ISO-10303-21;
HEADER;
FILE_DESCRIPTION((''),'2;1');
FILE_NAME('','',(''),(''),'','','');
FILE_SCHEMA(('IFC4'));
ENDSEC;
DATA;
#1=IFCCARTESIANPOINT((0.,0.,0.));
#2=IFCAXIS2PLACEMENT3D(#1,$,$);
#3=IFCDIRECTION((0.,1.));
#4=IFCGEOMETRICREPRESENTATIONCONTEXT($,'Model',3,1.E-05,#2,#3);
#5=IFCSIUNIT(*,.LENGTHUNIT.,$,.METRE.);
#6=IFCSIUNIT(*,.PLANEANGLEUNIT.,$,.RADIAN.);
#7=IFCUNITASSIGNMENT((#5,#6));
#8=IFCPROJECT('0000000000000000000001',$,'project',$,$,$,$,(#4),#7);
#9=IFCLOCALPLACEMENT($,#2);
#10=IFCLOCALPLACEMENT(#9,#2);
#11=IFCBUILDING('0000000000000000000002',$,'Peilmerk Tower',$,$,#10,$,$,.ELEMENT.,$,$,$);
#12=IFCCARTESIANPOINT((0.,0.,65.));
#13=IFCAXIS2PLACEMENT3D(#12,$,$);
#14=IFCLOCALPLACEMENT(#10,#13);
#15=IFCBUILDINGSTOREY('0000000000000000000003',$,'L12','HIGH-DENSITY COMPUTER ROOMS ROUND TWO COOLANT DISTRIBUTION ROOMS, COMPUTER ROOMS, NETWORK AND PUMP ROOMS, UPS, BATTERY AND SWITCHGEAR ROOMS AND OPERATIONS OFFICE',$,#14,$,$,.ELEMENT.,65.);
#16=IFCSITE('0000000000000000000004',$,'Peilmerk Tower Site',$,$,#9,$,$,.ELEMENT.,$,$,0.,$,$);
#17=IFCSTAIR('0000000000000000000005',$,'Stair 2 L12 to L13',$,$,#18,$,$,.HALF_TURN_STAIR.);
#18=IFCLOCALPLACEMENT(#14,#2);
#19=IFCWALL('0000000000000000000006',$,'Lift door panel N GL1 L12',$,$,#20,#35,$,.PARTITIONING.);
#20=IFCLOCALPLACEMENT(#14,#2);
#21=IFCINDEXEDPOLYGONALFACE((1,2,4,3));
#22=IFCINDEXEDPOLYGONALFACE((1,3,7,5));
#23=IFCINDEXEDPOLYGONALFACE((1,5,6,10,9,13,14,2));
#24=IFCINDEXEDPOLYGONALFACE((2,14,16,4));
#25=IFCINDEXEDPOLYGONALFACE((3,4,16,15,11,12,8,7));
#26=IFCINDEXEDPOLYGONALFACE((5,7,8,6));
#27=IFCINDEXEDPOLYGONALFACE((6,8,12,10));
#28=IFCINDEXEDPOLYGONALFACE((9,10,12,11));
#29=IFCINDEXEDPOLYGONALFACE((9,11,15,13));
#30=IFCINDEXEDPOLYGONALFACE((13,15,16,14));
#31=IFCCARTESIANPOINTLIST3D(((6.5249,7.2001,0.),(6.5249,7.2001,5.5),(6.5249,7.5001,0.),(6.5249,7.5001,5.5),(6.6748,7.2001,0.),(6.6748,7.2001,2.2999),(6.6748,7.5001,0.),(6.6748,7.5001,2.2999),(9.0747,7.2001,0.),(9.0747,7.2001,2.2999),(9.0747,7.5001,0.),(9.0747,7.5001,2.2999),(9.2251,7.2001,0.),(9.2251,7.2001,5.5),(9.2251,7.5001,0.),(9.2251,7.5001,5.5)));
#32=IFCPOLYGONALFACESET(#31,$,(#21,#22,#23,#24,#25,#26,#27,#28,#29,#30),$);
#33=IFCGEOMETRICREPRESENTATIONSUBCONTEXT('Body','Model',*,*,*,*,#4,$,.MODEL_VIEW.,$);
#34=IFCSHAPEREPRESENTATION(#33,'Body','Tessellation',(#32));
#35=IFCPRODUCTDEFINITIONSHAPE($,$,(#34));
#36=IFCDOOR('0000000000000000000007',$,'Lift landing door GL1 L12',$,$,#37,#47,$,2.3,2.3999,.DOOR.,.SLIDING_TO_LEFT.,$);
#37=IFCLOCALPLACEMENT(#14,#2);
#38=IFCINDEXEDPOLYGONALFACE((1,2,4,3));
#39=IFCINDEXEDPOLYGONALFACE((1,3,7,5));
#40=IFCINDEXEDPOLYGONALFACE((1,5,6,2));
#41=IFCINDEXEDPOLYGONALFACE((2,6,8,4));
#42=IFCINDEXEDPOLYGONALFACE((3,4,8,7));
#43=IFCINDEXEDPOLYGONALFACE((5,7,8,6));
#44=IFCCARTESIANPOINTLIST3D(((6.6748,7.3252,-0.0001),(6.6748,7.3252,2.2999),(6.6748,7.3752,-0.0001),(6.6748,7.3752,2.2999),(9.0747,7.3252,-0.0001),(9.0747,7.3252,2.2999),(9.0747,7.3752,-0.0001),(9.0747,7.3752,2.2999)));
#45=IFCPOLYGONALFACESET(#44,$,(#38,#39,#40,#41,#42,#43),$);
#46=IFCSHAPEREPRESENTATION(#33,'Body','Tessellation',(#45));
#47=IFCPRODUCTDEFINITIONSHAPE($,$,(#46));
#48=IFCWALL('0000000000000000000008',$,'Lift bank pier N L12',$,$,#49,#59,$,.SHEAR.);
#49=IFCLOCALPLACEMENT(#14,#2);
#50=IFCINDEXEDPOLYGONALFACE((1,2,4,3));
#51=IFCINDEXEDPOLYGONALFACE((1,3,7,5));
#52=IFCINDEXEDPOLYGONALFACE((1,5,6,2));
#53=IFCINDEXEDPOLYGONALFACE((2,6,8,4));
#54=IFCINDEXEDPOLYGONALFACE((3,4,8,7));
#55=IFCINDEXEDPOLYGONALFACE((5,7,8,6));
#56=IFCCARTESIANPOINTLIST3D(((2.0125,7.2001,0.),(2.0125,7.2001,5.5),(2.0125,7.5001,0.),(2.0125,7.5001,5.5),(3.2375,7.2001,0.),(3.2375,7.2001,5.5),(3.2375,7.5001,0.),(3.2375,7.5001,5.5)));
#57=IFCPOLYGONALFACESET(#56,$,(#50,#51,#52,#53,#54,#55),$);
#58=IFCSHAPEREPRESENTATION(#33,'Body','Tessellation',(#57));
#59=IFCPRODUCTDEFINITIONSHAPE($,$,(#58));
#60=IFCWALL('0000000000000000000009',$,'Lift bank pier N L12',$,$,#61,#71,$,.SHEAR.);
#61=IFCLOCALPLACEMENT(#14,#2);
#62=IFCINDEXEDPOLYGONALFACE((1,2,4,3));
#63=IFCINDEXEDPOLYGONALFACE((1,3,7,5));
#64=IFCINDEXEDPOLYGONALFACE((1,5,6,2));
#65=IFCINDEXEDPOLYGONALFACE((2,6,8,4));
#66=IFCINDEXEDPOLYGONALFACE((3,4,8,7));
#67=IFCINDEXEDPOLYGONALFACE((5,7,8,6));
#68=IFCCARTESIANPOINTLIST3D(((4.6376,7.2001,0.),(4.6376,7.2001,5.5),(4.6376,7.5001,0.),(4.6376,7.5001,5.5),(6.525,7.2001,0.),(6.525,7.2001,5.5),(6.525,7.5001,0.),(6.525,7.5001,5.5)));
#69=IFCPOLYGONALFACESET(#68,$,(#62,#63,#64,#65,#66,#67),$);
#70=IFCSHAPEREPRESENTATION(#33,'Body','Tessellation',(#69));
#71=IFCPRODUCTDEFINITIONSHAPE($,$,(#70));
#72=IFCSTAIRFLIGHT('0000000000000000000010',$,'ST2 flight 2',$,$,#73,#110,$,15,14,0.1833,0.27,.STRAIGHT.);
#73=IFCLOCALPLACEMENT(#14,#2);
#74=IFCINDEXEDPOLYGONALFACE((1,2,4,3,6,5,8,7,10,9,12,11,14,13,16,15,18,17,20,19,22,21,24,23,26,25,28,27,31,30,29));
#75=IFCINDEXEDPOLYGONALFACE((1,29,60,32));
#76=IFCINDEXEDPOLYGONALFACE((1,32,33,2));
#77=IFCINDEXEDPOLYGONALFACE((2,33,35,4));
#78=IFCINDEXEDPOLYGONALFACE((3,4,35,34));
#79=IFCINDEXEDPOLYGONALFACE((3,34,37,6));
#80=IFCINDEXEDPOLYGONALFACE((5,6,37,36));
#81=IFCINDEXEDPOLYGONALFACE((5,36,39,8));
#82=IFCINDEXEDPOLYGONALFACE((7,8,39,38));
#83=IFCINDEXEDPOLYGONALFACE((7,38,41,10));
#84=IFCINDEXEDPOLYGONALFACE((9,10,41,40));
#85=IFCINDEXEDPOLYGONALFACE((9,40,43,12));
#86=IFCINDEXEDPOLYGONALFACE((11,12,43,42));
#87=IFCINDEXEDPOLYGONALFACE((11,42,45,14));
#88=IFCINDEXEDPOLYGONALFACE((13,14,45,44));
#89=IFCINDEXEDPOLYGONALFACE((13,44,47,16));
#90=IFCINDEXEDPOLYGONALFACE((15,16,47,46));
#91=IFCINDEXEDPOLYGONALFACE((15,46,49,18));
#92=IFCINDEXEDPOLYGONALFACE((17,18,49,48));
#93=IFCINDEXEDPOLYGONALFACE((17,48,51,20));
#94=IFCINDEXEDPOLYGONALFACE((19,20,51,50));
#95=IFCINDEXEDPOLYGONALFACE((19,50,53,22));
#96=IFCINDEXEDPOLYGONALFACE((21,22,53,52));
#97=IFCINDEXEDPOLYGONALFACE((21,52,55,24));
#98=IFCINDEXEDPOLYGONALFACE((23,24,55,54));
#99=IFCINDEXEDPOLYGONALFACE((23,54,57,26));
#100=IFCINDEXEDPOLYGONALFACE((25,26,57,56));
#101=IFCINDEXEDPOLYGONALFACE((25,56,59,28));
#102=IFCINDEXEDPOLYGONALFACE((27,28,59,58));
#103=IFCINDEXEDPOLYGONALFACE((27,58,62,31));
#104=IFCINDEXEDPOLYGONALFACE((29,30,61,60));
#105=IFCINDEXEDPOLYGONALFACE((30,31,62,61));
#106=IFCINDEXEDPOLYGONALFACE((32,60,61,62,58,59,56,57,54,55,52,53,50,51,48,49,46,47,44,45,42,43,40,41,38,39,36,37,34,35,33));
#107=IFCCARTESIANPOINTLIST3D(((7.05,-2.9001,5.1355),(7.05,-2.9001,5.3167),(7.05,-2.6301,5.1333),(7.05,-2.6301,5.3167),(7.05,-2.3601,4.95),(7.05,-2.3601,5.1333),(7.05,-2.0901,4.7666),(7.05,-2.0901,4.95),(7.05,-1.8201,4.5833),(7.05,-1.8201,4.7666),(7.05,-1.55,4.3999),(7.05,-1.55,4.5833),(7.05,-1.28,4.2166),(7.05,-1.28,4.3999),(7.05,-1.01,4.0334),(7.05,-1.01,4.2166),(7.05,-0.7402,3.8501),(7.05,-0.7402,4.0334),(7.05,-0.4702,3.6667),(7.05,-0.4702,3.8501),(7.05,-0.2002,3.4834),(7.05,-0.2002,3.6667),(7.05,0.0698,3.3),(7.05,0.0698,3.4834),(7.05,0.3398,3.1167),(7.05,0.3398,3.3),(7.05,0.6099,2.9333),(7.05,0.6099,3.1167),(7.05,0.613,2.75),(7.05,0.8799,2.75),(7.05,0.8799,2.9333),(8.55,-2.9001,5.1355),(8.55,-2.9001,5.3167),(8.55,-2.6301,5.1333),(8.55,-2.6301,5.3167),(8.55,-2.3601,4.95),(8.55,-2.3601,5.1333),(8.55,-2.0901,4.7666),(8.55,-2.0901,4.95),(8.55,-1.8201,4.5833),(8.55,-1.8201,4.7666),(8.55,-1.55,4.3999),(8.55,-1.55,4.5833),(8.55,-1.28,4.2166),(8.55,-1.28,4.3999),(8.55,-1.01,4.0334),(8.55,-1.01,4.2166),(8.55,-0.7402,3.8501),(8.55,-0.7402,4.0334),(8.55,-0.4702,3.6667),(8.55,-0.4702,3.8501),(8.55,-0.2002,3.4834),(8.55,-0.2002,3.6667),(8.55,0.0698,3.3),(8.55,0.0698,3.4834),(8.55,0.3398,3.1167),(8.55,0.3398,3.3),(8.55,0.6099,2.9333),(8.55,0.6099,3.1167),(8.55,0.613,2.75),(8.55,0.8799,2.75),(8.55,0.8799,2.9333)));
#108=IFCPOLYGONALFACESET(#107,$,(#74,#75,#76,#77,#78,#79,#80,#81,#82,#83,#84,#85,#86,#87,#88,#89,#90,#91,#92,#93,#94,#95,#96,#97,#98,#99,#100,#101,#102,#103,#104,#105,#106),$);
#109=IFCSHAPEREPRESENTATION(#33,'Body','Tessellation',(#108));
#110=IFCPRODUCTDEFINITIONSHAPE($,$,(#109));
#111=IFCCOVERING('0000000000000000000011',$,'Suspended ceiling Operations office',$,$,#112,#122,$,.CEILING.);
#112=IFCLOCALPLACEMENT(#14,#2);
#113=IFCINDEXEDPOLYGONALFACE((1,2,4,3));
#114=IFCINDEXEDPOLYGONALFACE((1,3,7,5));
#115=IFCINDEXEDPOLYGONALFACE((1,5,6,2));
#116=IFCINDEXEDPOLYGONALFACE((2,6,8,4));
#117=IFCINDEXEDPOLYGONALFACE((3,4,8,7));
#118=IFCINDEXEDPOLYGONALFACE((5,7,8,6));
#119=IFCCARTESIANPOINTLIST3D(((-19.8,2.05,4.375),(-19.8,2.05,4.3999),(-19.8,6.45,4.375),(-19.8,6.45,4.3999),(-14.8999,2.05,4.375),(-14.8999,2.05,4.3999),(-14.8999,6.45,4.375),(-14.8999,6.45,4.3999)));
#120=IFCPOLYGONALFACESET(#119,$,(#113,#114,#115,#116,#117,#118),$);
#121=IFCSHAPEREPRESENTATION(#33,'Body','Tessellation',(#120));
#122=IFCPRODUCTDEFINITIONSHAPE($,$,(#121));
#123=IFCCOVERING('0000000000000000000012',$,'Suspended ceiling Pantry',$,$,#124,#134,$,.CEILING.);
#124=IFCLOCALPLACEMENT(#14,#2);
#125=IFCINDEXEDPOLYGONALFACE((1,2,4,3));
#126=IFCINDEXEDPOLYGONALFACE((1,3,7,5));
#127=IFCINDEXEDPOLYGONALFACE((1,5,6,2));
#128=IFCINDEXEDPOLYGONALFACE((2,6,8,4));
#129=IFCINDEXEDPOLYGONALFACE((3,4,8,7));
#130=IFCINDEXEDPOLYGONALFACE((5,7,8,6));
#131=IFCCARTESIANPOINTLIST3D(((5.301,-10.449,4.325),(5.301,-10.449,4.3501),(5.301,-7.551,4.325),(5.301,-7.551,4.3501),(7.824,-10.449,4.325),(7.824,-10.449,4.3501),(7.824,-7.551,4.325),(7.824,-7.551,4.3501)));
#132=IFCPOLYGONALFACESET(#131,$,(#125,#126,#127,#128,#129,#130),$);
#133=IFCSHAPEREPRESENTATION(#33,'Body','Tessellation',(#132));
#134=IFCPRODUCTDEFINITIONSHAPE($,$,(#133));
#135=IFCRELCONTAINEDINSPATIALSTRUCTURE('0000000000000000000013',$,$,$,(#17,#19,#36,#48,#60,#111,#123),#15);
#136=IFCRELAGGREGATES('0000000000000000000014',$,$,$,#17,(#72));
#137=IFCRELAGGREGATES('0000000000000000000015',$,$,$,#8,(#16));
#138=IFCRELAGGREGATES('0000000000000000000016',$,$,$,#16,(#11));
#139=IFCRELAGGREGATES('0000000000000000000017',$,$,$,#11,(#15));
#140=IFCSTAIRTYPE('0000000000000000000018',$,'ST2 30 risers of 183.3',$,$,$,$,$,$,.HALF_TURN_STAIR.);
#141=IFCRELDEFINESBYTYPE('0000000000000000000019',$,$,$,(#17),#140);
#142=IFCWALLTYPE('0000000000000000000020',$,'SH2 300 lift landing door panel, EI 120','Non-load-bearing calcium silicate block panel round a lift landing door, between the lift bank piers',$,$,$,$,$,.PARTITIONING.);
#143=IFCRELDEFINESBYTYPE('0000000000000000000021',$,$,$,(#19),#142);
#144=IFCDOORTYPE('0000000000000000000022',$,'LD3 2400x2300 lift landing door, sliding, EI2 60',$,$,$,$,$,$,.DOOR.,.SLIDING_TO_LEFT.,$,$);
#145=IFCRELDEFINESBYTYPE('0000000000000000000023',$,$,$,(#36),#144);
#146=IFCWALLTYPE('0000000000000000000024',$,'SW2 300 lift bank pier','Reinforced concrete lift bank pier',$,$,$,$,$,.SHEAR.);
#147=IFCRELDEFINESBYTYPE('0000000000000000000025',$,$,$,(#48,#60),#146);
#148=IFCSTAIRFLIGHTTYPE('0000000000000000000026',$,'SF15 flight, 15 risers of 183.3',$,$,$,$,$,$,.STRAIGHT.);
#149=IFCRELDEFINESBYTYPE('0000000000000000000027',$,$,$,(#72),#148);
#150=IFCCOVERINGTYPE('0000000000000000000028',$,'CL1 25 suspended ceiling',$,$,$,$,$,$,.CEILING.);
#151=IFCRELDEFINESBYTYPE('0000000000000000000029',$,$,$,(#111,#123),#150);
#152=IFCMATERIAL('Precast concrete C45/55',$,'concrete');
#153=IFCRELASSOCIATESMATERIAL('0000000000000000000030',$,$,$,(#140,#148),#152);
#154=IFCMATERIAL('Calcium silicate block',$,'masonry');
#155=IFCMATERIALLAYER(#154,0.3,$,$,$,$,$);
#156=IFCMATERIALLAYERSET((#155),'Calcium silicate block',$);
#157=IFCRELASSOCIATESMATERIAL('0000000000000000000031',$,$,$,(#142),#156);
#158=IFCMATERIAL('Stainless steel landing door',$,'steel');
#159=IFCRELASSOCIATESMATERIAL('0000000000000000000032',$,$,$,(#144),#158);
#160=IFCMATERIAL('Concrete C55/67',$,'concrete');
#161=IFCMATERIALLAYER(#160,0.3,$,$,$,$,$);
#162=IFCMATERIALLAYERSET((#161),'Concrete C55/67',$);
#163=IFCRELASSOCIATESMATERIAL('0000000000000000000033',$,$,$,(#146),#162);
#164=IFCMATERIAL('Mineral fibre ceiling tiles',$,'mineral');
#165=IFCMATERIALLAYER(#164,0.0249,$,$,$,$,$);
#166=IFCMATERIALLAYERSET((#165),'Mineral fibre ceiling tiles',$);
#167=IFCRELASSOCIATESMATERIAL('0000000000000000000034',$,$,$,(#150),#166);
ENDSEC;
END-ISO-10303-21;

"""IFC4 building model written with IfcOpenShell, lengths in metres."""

from ifc_helpers import new_model, si_unit, direction, frame, frame_2d, origin, place, context, subcontext, project, spatial, polyline, rectangle, outline, extrude, material, layer, layer_set, type_object, element, fill, aggregate, save


model = new_model("IFC4")

# Units and contexts
model_context = context("Model", 3, precision=1e-05, world=origin(), true_north=direction((0.0, 1.0)))
body_context = subcontext(model_context, "Body", "Model", "MODEL_VIEW")
ifc_project = project(units=[si_unit("LENGTHUNIT", "METRE"), si_unit("PLANEANGLEUNIT", "RADIAN")], contexts=[model_context])

# Site, building, storey
site_placement = place(None, origin())
site = spatial("IfcSite", under=ifc_project, at=site_placement, Name="Peilmerk Tower Site", CompositionType="ELEMENT", RefElevation=0.0)
building_placement = place(site_placement, origin())
building = spatial("IfcBuilding", under=site, at=building_placement, Name="Peilmerk Tower", CompositionType="ELEMENT")
storey_placement = place(building_placement, frame((0.0, 0.0, 65.0)))
storey = spatial("IfcBuildingStorey", under=building, at=storey_placement, Name="L12", Description="HIGH-DENSITY COMPUTER ROOMS ROUND TWO COOLANT DISTRIBUTION ROOMS, COMPUTER ROOMS, NETWORK AND PUMP ROOMS, UPS, BATTERY AND SWITCHGEAR ROOMS AND OPERATIONS OFFICE", CompositionType="ELEMENT", Elevation=65.0)

# Stair
ifc_material_1 = material(Name="Precast concrete C45/55", Category="concrete")
stair_type = type_object("IfcStairType", Name="ST2 30 risers of 183.3", PredefinedType="HALF_TURN_STAIR", material=ifc_material_1)
stair_placement = place(storey_placement, origin())
stair = element("IfcStair", 1, at=stair_placement, inside=storey, type_object=stair_type, Name="Stair 2 L12 to L13", PredefinedType="HALF_TURN_STAIR")

# Shared definitions
ifc_material_2 = material(Name="Calcium silicate block", Category="masonry")
ifc_layer_1 = layer(ifc_material_2, 0.3)
ifc_layer_set_1 = layer_set([ifc_layer_1], Name="Calcium silicate block")
wall_type_1 = type_object("IfcWallType", Name="SH2 300 lift landing door panel, EI 120", Description="Non-load-bearing calcium silicate block panel round a lift landing door, between the lift bank piers", PredefinedType="PARTITIONING", material=ifc_layer_set_1)

# Wall, opening, door
wall_1_placement = place(storey_placement, frame((6.5249, 7.3501, 0.0), z_axis=(0.0, 0.0, 1.0), x_axis=(1.0, 0.0, 0.0)))
wall_1 = element("IfcWall", 2, at=wall_1_placement, inside=storey, type_object=wall_type_1, Name="Lift door panel N GL1 L12", PredefinedType="PARTITIONING", context=body_context, shape_type="SweptSolid", body=[
    extrude(rectangle(XDim=2.7002, YDim=0.3, at=frame_2d((1.3501, 0.0))), origin(), (0.0, 0.0, 1.0), 5.5),
])
opening_1_placement = place(wall_1_placement, frame((0.1499, 0.0, 0.0)))
opening_1 = element("IfcOpeningElement", 3, at=opening_1_placement, cuts=wall_1, PredefinedType="OPENING", context=body_context, shape_type="SweptSolid", body=[
    extrude(rectangle(XDim=2.3999, YDim=2.3, at=frame_2d((1.2, 1.1499))), frame((0.0, 0.1599, 0.0), z_axis=(0.0, -1.0, 0.0), x_axis=(1.0, 0.0, 0.0)), (0.0, 0.0, 1.0), 0.3201),
])
ifc_material_3 = material(Name="Stainless steel landing door", Category="steel")
door_type_1 = type_object("IfcDoorType", Name="LD3 2400x2300 lift landing door, sliding, EI2 60", OperationType="SLIDING_TO_LEFT", PredefinedType="DOOR", material=ifc_material_3)
door_1_placement = place(opening_1_placement, frame((2.3999, 0.0, 0.0), z_axis=(0.0, 0.0, 1.0), x_axis=(-1.0, 0.0, 0.0)))
door_1 = element("IfcDoor", 4, at=door_1_placement, inside=storey, type_object=door_type_1, Name="Lift landing door GL1 L12", OperationType="SLIDING_TO_LEFT", OverallHeight=2.3, OverallWidth=2.3999, PredefinedType="DOOR", context=body_context, shape_type="SweptSolid", body=[
    extrude(rectangle(XDim=2.3999, YDim=2.3, at=frame_2d((1.2, 1.1499))), frame((0.0, 0.0249, 0.0), z_axis=(0.0, -1.0, 0.0), x_axis=(1.0, 0.0, 0.0)), (0.0, 0.0, 1.0), 0.05),
])
fill(opening_1, door_1)

# Walls
ifc_material_4 = material(Name="Concrete C55/67", Category="concrete")
ifc_layer_2 = layer(ifc_material_4, 0.3)
ifc_layer_set_2 = layer_set([ifc_layer_2], Name="Concrete C55/67")
wall_type_2 = type_object("IfcWallType", Name="SW2 300 lift bank pier", Description="Reinforced concrete lift bank pier", PredefinedType="SHEAR", material=ifc_layer_set_2)
wall_2_placement = place(storey_placement, frame((2.0125, 7.3501, 0.0), z_axis=(0.0, 0.0, 1.0), x_axis=(1.0, 0.0, 0.0)))
element("IfcWall", 5, at=wall_2_placement, inside=storey, type_object=wall_type_2, Name="Lift bank pier N L12", PredefinedType="SHEAR", context=body_context, shape_type="SweptSolid", body=[
    extrude(rectangle(XDim=1.2251, YDim=0.3, at=frame_2d((0.6125, 0.0))), origin(), (0.0, 0.0, 1.0), 5.5),
])
wall_3_placement = place(storey_placement, frame((4.6375, 7.3501, 0.0), z_axis=(0.0, 0.0, 1.0), x_axis=(1.0, 0.0, 0.0)))
element("IfcWall", 6, at=wall_3_placement, inside=storey, type_object=wall_type_2, Name="Lift bank pier N L12", PredefinedType="SHEAR", context=body_context, shape_type="SweptSolid", body=[
    extrude(rectangle(XDim=1.8875, YDim=0.3, at=frame_2d((0.9438, 0.0))), origin(), (0.0, 0.0, 1.0), 5.5),
])

# Stair flight
stair_flight_type = type_object("IfcStairFlightType", Name="SF15 flight, 15 risers of 183.3", PredefinedType="STRAIGHT", material=ifc_material_1)
stair_flight_placement = place(storey_placement, frame((7.8, 0.8799, 2.75), z_axis=(0.0, 0.0, 1.0), x_axis=(0.0, -1.0, 0.0)))
stair_flight = element("IfcStairFlight", 7, at=stair_flight_placement, type_object=stair_flight_type, Name="ST2 flight 2", NumberOfRisers=15, NumberOfTreads=14, PredefinedType="STRAIGHT", RiserHeight=0.1833, TreadLength=0.27, context=body_context, shape_type="SweptSolid", body=[
    extrude(outline(polyline([(0.0, 0.0), (0.0, 0.1833), (0.27, 0.1833), (0.27, 0.3667), (0.54, 0.3667), (0.54, 0.55), (0.8101, 0.55), (0.8101, 0.7334), (1.0801, 0.7334), (1.0801, 0.9167), (1.3501, 0.9167), (1.3501, 1.1001), (1.6201, 1.1001), (1.6201, 1.2834), (1.8899, 1.2834), (1.8899, 1.4666), (2.1599, 1.4666), (2.1599, 1.6499), (2.4299, 1.6499), (2.4299, 1.8333), (2.7, 1.8333), (2.7, 2.0166), (2.97, 2.0166), (2.97, 2.2), (3.24, 2.2), (3.24, 2.3833), (3.51, 2.3833), (3.51, 2.5667), (3.78, 2.5667), (3.78, 2.75), (3.78, 2.3855), (0.2668, 0.0), (0.0, 0.0)])), frame((0.0, 0.75, 0.0), z_axis=(0.0, -1.0, 0.0), x_axis=(1.0, 0.0, 0.0)), (0.0, 0.0, 1.0), 1.5),
])
aggregate(stair, [stair_flight])

# Coverings
ifc_material_5 = material(Name="Mineral fibre ceiling tiles", Category="mineral")
ifc_layer_3 = layer(ifc_material_5, 0.0249)
ifc_layer_set_3 = layer_set([ifc_layer_3], Name="Mineral fibre ceiling tiles")
covering_type_1 = type_object("IfcCoveringType", Name="CL1 25 suspended ceiling", PredefinedType="CEILING", material=ifc_layer_set_3)
covering_1_placement = place(storey_placement, frame((0.0, 0.0, 4.375)))
element("IfcCovering", 8, at=covering_1_placement, inside=storey, type_object=covering_type_1, Name="Suspended ceiling Operations office", PredefinedType="CEILING", context=body_context, shape_type="SweptSolid", body=[
    extrude(outline(polyline([(-14.8999, 2.05), (-14.8999, 6.45), (-19.8, 6.45), (-19.8, 2.05), (-14.8999, 2.05)])), origin(), (0.0, 0.0, 1.0), 0.0249),
])
covering_2_placement = place(storey_placement, frame((0.0, 0.0, 4.325)))
element("IfcCovering", 9, at=covering_2_placement, inside=storey, type_object=covering_type_1, Name="Suspended ceiling Pantry", PredefinedType="CEILING", context=body_context, shape_type="SweptSolid", body=[
    extrude(outline(polyline([(7.824, -10.449), (7.824, -7.551), (5.301, -7.551), (5.301, -10.449), (7.824, -10.449)])), origin(), (0.0, 0.0, 1.0), 0.0251),
])

save(model, "model.ifc")
